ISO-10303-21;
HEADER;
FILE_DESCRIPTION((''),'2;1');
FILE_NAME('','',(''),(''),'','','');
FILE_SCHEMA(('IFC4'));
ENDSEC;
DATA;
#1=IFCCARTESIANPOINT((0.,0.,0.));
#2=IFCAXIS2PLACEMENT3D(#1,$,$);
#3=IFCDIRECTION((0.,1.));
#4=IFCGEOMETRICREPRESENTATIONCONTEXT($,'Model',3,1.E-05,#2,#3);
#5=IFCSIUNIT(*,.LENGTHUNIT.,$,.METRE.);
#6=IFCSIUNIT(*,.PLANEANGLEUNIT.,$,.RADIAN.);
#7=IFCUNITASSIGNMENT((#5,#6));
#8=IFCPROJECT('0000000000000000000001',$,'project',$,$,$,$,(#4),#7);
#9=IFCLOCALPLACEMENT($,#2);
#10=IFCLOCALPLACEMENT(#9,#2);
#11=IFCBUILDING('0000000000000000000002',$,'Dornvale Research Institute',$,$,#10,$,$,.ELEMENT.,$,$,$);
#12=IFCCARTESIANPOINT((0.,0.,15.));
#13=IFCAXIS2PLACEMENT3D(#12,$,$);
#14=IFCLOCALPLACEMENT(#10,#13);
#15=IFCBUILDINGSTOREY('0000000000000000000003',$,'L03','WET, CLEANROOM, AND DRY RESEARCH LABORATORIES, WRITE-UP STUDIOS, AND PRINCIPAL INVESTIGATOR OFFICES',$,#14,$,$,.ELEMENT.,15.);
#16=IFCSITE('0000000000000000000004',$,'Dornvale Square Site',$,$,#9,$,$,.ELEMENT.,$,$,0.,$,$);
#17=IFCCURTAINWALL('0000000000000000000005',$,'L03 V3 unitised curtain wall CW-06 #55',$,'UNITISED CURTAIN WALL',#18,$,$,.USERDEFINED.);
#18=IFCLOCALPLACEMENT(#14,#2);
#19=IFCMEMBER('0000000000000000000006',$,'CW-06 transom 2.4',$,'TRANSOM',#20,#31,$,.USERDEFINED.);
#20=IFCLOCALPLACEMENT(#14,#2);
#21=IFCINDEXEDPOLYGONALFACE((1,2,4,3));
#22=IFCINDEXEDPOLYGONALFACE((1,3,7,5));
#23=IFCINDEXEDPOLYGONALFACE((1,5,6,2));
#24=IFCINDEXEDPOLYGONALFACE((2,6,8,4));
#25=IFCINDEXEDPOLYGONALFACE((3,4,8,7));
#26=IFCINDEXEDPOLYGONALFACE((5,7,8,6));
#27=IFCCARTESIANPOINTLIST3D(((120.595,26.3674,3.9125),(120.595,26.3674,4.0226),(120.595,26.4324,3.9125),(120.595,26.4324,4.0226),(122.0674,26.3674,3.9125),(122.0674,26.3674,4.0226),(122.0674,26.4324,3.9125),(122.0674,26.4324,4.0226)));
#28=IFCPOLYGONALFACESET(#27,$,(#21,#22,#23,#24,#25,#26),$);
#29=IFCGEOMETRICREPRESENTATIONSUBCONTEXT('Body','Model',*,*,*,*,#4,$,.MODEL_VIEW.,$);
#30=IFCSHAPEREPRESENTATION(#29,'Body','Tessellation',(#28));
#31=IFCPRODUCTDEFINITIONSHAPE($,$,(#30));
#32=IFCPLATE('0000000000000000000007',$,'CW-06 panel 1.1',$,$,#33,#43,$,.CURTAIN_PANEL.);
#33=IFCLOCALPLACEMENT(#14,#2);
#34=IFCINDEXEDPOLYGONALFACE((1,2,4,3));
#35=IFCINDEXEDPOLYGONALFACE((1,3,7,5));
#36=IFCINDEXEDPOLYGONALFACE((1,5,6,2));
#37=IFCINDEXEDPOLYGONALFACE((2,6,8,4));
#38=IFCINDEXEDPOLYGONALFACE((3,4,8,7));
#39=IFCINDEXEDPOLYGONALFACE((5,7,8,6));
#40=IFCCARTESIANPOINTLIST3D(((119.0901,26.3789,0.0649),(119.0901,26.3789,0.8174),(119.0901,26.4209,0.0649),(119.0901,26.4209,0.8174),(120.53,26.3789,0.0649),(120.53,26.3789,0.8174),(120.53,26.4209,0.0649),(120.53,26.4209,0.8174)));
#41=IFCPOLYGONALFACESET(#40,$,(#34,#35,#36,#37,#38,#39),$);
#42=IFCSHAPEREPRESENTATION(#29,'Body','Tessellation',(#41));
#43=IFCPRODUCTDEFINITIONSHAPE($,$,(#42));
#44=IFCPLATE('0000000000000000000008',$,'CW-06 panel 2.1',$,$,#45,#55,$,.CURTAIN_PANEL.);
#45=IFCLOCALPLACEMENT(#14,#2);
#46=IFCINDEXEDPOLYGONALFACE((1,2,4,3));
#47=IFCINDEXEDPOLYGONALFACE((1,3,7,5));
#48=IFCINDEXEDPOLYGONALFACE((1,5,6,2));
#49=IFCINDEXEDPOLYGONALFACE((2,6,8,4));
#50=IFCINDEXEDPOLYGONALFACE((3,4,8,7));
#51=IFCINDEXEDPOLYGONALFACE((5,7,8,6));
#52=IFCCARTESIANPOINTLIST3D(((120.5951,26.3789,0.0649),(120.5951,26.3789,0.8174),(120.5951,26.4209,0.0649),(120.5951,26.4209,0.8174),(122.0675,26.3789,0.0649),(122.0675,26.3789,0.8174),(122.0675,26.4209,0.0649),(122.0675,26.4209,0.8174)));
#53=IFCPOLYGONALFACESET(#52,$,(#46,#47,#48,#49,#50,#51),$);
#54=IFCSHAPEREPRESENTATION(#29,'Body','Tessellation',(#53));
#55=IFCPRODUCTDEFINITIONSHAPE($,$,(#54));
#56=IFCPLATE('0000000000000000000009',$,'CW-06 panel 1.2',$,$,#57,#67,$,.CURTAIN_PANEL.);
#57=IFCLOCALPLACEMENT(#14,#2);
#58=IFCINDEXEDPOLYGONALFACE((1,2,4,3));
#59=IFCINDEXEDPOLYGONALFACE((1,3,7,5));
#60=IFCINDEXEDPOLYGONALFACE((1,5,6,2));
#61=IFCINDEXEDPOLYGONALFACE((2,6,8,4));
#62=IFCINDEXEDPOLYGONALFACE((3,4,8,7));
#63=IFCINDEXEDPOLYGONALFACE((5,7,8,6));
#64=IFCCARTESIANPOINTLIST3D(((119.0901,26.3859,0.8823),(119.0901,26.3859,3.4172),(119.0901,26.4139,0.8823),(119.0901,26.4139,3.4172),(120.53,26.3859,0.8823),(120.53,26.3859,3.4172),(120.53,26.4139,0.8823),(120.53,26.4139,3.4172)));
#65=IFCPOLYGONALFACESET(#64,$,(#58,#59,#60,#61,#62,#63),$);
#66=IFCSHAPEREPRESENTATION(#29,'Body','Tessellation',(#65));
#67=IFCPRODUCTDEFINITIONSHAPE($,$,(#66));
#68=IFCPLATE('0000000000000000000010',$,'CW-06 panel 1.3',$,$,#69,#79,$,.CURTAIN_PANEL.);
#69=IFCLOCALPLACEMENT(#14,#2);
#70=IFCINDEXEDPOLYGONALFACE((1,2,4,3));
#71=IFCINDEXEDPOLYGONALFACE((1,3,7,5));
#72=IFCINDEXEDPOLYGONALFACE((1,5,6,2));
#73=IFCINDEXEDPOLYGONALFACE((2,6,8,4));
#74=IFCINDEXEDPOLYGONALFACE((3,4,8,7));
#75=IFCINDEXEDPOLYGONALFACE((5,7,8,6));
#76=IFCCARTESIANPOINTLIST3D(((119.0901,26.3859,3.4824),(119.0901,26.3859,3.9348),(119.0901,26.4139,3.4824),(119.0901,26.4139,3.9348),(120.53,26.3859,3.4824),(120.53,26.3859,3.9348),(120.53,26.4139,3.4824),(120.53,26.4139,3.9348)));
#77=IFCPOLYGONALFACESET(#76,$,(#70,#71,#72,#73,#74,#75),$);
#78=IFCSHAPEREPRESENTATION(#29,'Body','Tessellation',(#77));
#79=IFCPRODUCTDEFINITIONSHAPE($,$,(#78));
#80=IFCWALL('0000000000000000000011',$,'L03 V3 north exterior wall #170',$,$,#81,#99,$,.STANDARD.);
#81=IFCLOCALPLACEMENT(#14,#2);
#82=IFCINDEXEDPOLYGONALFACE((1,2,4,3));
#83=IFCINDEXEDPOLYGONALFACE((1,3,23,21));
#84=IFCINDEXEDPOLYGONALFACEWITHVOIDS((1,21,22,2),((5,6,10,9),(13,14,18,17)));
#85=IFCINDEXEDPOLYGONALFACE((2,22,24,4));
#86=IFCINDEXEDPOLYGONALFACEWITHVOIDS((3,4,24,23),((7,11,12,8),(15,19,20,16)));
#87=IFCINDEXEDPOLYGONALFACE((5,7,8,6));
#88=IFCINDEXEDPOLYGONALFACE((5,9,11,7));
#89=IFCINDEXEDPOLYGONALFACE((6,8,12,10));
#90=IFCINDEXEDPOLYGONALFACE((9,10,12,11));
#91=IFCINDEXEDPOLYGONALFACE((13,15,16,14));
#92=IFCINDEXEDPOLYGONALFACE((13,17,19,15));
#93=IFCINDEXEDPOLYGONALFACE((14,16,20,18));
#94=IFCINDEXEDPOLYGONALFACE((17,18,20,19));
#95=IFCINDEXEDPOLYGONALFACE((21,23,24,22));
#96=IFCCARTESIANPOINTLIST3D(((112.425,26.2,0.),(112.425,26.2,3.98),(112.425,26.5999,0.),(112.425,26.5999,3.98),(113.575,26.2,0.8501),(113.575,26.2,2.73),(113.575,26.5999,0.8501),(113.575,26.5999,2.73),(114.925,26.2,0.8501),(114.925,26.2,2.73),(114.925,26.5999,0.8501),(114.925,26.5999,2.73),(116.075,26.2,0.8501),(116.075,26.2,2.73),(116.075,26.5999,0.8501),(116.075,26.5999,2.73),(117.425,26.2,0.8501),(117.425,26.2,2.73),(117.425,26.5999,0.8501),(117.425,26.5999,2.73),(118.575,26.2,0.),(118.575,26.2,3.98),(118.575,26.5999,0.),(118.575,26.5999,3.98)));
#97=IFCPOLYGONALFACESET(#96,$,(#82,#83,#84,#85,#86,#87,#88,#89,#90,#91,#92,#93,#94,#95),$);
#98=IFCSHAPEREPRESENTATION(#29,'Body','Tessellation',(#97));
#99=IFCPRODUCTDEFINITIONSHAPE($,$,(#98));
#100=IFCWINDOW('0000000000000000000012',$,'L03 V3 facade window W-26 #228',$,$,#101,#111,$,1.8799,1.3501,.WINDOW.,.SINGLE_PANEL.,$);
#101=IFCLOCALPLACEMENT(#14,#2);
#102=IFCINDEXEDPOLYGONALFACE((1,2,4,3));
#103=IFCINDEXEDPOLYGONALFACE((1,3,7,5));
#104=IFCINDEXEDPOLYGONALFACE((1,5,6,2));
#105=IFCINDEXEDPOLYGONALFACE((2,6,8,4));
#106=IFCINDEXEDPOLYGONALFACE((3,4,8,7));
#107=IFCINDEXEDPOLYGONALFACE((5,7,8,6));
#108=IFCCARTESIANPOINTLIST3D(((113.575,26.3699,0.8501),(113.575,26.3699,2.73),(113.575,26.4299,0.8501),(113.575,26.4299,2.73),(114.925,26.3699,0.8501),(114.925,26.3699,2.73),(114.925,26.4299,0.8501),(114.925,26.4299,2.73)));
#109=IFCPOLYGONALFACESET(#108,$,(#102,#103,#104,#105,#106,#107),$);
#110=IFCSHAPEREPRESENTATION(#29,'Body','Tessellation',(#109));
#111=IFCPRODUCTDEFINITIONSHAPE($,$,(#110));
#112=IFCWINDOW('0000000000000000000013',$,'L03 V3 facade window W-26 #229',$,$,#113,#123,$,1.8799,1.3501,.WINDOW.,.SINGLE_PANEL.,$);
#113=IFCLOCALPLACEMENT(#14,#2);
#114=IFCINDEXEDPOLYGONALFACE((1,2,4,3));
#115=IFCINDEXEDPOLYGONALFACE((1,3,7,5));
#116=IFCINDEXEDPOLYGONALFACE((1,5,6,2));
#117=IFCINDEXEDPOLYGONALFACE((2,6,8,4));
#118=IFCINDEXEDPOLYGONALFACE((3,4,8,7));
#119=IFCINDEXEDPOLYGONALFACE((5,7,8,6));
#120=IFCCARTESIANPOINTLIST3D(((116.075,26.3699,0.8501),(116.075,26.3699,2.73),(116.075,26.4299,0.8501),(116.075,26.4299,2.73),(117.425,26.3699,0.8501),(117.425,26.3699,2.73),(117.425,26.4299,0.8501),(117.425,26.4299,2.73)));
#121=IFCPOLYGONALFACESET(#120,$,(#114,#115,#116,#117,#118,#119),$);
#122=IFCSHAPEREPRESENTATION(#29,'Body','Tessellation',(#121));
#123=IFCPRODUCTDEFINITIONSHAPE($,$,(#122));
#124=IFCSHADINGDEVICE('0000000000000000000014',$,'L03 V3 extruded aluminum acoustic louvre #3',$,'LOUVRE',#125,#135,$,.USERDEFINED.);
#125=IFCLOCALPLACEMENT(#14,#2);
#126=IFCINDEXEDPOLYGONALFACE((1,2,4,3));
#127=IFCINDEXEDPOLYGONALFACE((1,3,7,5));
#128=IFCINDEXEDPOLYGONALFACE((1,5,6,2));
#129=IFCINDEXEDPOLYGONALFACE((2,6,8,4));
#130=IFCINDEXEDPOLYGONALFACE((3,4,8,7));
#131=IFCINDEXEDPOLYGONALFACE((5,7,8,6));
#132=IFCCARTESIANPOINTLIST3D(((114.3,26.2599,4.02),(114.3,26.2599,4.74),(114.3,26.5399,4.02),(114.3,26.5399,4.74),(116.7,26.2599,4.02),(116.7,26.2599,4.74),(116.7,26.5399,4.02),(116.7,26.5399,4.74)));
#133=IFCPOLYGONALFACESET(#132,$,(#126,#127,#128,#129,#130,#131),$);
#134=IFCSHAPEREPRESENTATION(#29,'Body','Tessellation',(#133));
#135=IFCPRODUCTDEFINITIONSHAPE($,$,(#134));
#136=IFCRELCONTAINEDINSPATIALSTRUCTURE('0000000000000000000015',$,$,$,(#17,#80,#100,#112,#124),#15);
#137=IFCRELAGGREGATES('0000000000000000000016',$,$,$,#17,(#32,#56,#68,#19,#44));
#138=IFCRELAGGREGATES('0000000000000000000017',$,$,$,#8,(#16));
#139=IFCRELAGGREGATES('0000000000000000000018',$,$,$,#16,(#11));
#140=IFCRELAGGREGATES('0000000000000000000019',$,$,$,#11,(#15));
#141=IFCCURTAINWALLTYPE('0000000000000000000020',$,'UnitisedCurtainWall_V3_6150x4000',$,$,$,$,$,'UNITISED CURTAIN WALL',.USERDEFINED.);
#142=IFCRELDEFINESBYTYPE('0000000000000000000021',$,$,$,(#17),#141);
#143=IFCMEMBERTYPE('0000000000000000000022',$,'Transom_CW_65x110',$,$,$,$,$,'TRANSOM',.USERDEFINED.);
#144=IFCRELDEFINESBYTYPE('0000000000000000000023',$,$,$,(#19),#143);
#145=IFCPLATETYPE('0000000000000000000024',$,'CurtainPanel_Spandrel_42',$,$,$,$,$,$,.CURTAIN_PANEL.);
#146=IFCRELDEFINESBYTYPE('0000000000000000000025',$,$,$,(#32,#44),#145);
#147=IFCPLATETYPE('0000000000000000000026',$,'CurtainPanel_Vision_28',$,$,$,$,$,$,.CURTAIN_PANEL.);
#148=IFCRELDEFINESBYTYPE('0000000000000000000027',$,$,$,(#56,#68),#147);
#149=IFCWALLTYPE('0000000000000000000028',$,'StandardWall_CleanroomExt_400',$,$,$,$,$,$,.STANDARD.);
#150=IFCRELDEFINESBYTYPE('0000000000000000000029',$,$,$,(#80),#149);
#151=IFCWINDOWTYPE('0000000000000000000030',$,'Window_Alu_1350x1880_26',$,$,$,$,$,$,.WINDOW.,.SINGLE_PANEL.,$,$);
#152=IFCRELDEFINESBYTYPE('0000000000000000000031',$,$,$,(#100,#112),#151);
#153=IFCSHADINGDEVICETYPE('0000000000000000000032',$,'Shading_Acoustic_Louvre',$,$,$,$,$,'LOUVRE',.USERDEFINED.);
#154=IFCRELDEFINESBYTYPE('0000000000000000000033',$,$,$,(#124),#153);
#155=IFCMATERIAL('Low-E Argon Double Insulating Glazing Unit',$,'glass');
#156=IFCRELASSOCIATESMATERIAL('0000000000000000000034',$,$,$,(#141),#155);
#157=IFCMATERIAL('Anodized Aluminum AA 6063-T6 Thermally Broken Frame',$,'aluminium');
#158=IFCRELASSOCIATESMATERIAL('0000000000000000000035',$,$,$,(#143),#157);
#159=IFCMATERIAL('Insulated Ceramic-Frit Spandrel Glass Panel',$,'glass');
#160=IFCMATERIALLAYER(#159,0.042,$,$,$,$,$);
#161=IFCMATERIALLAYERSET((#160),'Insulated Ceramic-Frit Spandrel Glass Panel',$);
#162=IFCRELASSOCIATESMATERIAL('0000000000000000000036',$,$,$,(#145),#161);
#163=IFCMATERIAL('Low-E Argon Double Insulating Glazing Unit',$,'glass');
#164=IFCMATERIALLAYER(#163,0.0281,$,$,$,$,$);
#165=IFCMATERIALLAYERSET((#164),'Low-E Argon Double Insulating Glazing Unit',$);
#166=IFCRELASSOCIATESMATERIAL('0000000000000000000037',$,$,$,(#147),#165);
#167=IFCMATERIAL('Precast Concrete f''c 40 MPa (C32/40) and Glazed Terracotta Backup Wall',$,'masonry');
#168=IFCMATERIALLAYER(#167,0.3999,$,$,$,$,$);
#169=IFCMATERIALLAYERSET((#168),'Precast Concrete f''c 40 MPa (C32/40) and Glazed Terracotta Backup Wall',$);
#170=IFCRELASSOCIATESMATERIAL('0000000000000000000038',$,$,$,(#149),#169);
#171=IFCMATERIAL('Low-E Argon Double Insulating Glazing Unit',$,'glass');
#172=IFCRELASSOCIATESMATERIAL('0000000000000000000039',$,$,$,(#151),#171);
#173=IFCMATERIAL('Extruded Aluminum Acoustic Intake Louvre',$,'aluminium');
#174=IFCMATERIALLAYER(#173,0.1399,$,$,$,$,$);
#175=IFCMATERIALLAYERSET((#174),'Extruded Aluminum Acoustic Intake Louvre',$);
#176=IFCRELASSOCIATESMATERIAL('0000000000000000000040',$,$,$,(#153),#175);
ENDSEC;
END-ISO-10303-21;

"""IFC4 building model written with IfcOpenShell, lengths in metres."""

from ifc_helpers import new_model, si_unit, direction, frame, frame_2d, origin, origin_2d, place, context, subcontext, project, spatial, rectangle, extrude, material, layer, layer_set, material_profile, profile_set, type_object, element, fill, aggregate, save


model = new_model("IFC4")

# Units and contexts
model_context = context("Model", 3, precision=1e-05, world=origin(), true_north=direction((0.0, 1.0)))
body_context = subcontext(model_context, "Body", "Model", "MODEL_VIEW")
ifc_project = project(units=[si_unit("LENGTHUNIT", "METRE"), si_unit("PLANEANGLEUNIT", "RADIAN")], contexts=[model_context])

# Site, building, storey
site_placement = place(None, origin())
site = spatial("IfcSite", under=ifc_project, at=site_placement, Name="Dornvale Square Site", CompositionType="ELEMENT", RefElevation=0.0)
building_placement = place(site_placement, origin())
building = spatial("IfcBuilding", under=site, at=building_placement, Name="Dornvale Research Institute", CompositionType="ELEMENT")
storey_placement = place(building_placement, frame((0.0, 0.0, 15.0)))
storey = spatial("IfcBuildingStorey", under=building, at=storey_placement, Name="L03", Description="WET, CLEANROOM, AND DRY RESEARCH LABORATORIES, WRITE-UP STUDIOS, AND PRINCIPAL INVESTIGATOR OFFICES", CompositionType="ELEMENT", Elevation=15.0)

# Shared definitions
ifc_material_1 = material(Name="Low-E Argon Double Insulating Glazing Unit", Category="glass")
curtain_wall_type = type_object("IfcCurtainWallType", Name="UnitisedCurtainWall_V3_6150x4000", ElementType="UNITISED CURTAIN WALL", PredefinedType="USERDEFINED", material=ifc_material_1)

# Curtain wall
curtain_wall_1_placement = place(storey_placement, origin())
curtain_wall_1 = element("IfcCurtainWall", 1, at=curtain_wall_1_placement, inside=storey, type_object=curtain_wall_type, Name="L03 V3 unitised curtain wall CW-06 #55", ObjectType="UNITISED CURTAIN WALL", PredefinedType="USERDEFINED")

# Member
ifc_material_2 = material(Name="Anodized Aluminum AA 6063-T6 Thermally Broken Frame", Category="aluminium")
ifc_material_profile_1 = material_profile(ifc_material_2, rectangle(XDim=0.0649, YDim=0.1101, at=origin_2d()), Name="ALU TRANSOM 65x110")
ifc_profile_set_1 = profile_set([ifc_material_profile_1], Name="Anodized Aluminum AA 6063-T6 Thermally Broken Frame")
member_type_1 = type_object("IfcMemberType", Name="Transom_CW_65x110", ElementType="TRANSOM", PredefinedType="USERDEFINED", material=ifc_profile_set_1)
member_1_placement = place(storey_placement, frame((120.595, 26.3999, 3.9675), z_axis=(1.0, 0.0, 0.0), x_axis=(0.0, 1.0, 0.0)))
member_1 = element("IfcMember", 2, at=member_1_placement, type_object=member_type_1, Name="CW-06 transom 2.4", ObjectType="TRANSOM", PredefinedType="USERDEFINED", context=body_context, shape_type="SweptSolid", body=[
    extrude(rectangle(XDim=0.0649, YDim=0.1101, at=origin_2d()), origin(), (0.0, 0.0, 1.0), 1.4724),
])

# Plates
ifc_material_3 = material(Name="Insulated Ceramic-Frit Spandrel Glass Panel", Category="glass")
ifc_layer_1 = layer(ifc_material_3, 0.042)
ifc_layer_set_1 = layer_set([ifc_layer_1], Name="Insulated Ceramic-Frit Spandrel Glass Panel")
plate_type_1 = type_object("IfcPlateType", Name="CurtainPanel_Spandrel_42", PredefinedType="CURTAIN_PANEL", material=ifc_layer_set_1)
plate_1_placement = place(storey_placement, frame((119.8101, 26.3999, 0.0649), z_axis=(0.0, 0.0, 1.0), x_axis=(1.0, 0.0, 0.0)))
plate_1 = element("IfcPlate", 3, at=plate_1_placement, type_object=plate_type_1, Name="CW-06 panel 1.1", PredefinedType="CURTAIN_PANEL", context=body_context, shape_type="SweptSolid", body=[
    extrude(rectangle(XDim=1.4399, YDim=0.042, at=origin_2d()), origin(), (0.0, 0.0, 1.0), 0.7524),
])
plate_2_placement = place(storey_placement, frame((121.3313, 26.3999, 0.0649), z_axis=(0.0, 0.0, 1.0), x_axis=(1.0, 0.0, 0.0)))
plate_2 = element("IfcPlate", 4, at=plate_2_placement, type_object=plate_type_1, Name="CW-06 panel 2.1", PredefinedType="CURTAIN_PANEL", context=body_context, shape_type="SweptSolid", body=[
    extrude(rectangle(XDim=1.4724, YDim=0.042, at=origin_2d()), origin(), (0.0, 0.0, 1.0), 0.7524),
])
ifc_material_4 = material(Name="Low-E Argon Double Insulating Glazing Unit", Category="glass")
ifc_layer_2 = layer(ifc_material_4, 0.0281)
ifc_layer_set_2 = layer_set([ifc_layer_2], Name="Low-E Argon Double Insulating Glazing Unit")
plate_type_2 = type_object("IfcPlateType", Name="CurtainPanel_Vision_28", PredefinedType="CURTAIN_PANEL", material=ifc_layer_set_2)
plate_3_placement = place(storey_placement, frame((119.8101, 26.3999, 0.8823), z_axis=(0.0, 0.0, 1.0), x_axis=(1.0, 0.0, 0.0)))
plate_3 = element("IfcPlate", 5, at=plate_3_placement, type_object=plate_type_2, Name="CW-06 panel 1.2", PredefinedType="CURTAIN_PANEL", context=body_context, shape_type="SweptSolid", body=[
    extrude(rectangle(XDim=1.4399, YDim=0.0281, at=origin_2d()), origin(), (0.0, 0.0, 1.0), 2.5349),
])
plate_4_placement = place(storey_placement, frame((119.8101, 26.3999, 3.4824), z_axis=(0.0, 0.0, 1.0), x_axis=(1.0, 0.0, 0.0)))
plate_4 = element("IfcPlate", 6, at=plate_4_placement, type_object=plate_type_2, Name="CW-06 panel 1.3", PredefinedType="CURTAIN_PANEL", context=body_context, shape_type="SweptSolid", body=[
    extrude(rectangle(XDim=1.4399, YDim=0.0281, at=origin_2d()), origin(), (0.0, 0.0, 1.0), 0.4524),
])
aggregate(curtain_wall_1, [plate_1, plate_3, plate_4, member_1, plate_2])

# Wall, openings, windows
ifc_material_5 = material(Name="Precast Concrete f'c 40 MPa (C32/40) and Glazed Terracotta Backup Wall", Category="masonry")
ifc_layer_3 = layer(ifc_material_5, 0.3999)
ifc_layer_set_3 = layer_set([ifc_layer_3], Name="Precast Concrete f'c 40 MPa (C32/40) and Glazed Terracotta Backup Wall")
wall_type = type_object("IfcWallType", Name="StandardWall_CleanroomExt_400", PredefinedType="STANDARD", material=ifc_layer_set_3)
wall_placement = place(storey_placement, frame((112.425, 26.3999, 0.0), z_axis=(0.0, 0.0, 1.0), x_axis=(1.0, 0.0, 0.0)))
wall = element("IfcWall", 7, at=wall_placement, inside=storey, type_object=wall_type, Name="L03 V3 north exterior wall #170", PredefinedType="STANDARD", context=body_context, shape_type="SweptSolid", body=[
    extrude(rectangle(XDim=6.1499, YDim=0.3999, at=frame_2d((3.075, 0.0))), origin(), (0.0, 0.0, 1.0), 3.98),
])
opening_1_placement = place(wall_placement, frame((1.1499, 0.0, 0.8501)))
opening_1 = element("IfcOpeningElement", 8, at=opening_1_placement, cuts=wall, PredefinedType="OPENING", context=body_context, shape_type="SweptSolid", body=[
    extrude(rectangle(XDim=1.3501, YDim=1.8799, at=frame_2d((0.675, 0.9399))), frame((0.0, 0.2148, 0.0), z_axis=(0.0, -1.0, 0.0), x_axis=(1.0, 0.0, 0.0)), (0.0, 0.0, 1.0), 0.4299),
])
opening_2_placement = place(wall_placement, frame((3.6499, 0.0, 0.8501)))
opening_2 = element("IfcOpeningElement", 9, at=opening_2_placement, cuts=wall, PredefinedType="OPENING", context=body_context, shape_type="SweptSolid", body=[
    extrude(rectangle(XDim=1.3501, YDim=1.8799, at=frame_2d((0.675, 0.9399))), frame((0.0, 0.2148, 0.0), z_axis=(0.0, -1.0, 0.0), x_axis=(1.0, 0.0, 0.0)), (0.0, 0.0, 1.0), 0.4299),
])
ifc_material_6 = material(Name="Low-E Argon Double Insulating Glazing Unit", Category="glass")
window_type = type_object("IfcWindowType", Name="Window_Alu_1350x1880_26", PartitioningType="SINGLE_PANEL", PredefinedType="WINDOW", material=ifc_material_6)
window_1_placement = place(opening_1_placement, origin())
window_1 = element("IfcWindow", 10, at=window_1_placement, inside=storey, type_object=window_type, Name="L03 V3 facade window W-26 #228", OverallHeight=1.8799, OverallWidth=1.3501, PartitioningType="SINGLE_PANEL", PredefinedType="WINDOW", context=body_context, shape_type="SweptSolid", body=[
    extrude(rectangle(XDim=1.3501, YDim=1.8799, at=frame_2d((0.675, 0.9399))), frame((0.0, 0.03, 0.0), z_axis=(0.0, -1.0, 0.0), x_axis=(1.0, 0.0, 0.0)), (0.0, 0.0, 1.0), 0.0601),
])
fill(opening_1, window_1)
window_2_placement = place(opening_2_placement, origin())
window_2 = element("IfcWindow", 11, at=window_2_placement, inside=storey, type_object=window_type, Name="L03 V3 facade window W-26 #229", OverallHeight=1.8799, OverallWidth=1.3501, PartitioningType="SINGLE_PANEL", PredefinedType="WINDOW", context=body_context, shape_type="SweptSolid", body=[
    extrude(rectangle(XDim=1.3501, YDim=1.8799, at=frame_2d((0.675, 0.9399))), frame((0.0, 0.03, 0.0), z_axis=(0.0, -1.0, 0.0), x_axis=(1.0, 0.0, 0.0)), (0.0, 0.0, 1.0), 0.0601),
])
fill(opening_2, window_2)

# Shading device
ifc_material_7 = material(Name="Extruded Aluminum Acoustic Intake Louvre", Category="aluminium")
ifc_layer_4 = layer(ifc_material_7, 0.1399)
ifc_layer_set_4 = layer_set([ifc_layer_4], Name="Extruded Aluminum Acoustic Intake Louvre")
shading_device_type = type_object("IfcShadingDeviceType", Name="Shading_Acoustic_Louvre", ElementType="LOUVRE", PredefinedType="USERDEFINED", material=ifc_layer_set_4)
shading_device_placement = place(storey_placement, frame((115.5, 26.3999, 4.02), z_axis=(0.0, 0.0, 1.0), x_axis=(1.0, 0.0, 0.0)))
element("IfcShadingDevice", 12, at=shading_device_placement, inside=storey, type_object=shading_device_type, Name="L03 V3 extruded aluminum acoustic louvre #3", ObjectType="LOUVRE", PredefinedType="USERDEFINED", context=body_context, shape_type="SweptSolid", body=[
    extrude(rectangle(XDim=2.3999, YDim=0.28, at=origin_2d()), origin(), (0.0, 0.0, 1.0), 0.72),
])

save(model, "model.ifc")
